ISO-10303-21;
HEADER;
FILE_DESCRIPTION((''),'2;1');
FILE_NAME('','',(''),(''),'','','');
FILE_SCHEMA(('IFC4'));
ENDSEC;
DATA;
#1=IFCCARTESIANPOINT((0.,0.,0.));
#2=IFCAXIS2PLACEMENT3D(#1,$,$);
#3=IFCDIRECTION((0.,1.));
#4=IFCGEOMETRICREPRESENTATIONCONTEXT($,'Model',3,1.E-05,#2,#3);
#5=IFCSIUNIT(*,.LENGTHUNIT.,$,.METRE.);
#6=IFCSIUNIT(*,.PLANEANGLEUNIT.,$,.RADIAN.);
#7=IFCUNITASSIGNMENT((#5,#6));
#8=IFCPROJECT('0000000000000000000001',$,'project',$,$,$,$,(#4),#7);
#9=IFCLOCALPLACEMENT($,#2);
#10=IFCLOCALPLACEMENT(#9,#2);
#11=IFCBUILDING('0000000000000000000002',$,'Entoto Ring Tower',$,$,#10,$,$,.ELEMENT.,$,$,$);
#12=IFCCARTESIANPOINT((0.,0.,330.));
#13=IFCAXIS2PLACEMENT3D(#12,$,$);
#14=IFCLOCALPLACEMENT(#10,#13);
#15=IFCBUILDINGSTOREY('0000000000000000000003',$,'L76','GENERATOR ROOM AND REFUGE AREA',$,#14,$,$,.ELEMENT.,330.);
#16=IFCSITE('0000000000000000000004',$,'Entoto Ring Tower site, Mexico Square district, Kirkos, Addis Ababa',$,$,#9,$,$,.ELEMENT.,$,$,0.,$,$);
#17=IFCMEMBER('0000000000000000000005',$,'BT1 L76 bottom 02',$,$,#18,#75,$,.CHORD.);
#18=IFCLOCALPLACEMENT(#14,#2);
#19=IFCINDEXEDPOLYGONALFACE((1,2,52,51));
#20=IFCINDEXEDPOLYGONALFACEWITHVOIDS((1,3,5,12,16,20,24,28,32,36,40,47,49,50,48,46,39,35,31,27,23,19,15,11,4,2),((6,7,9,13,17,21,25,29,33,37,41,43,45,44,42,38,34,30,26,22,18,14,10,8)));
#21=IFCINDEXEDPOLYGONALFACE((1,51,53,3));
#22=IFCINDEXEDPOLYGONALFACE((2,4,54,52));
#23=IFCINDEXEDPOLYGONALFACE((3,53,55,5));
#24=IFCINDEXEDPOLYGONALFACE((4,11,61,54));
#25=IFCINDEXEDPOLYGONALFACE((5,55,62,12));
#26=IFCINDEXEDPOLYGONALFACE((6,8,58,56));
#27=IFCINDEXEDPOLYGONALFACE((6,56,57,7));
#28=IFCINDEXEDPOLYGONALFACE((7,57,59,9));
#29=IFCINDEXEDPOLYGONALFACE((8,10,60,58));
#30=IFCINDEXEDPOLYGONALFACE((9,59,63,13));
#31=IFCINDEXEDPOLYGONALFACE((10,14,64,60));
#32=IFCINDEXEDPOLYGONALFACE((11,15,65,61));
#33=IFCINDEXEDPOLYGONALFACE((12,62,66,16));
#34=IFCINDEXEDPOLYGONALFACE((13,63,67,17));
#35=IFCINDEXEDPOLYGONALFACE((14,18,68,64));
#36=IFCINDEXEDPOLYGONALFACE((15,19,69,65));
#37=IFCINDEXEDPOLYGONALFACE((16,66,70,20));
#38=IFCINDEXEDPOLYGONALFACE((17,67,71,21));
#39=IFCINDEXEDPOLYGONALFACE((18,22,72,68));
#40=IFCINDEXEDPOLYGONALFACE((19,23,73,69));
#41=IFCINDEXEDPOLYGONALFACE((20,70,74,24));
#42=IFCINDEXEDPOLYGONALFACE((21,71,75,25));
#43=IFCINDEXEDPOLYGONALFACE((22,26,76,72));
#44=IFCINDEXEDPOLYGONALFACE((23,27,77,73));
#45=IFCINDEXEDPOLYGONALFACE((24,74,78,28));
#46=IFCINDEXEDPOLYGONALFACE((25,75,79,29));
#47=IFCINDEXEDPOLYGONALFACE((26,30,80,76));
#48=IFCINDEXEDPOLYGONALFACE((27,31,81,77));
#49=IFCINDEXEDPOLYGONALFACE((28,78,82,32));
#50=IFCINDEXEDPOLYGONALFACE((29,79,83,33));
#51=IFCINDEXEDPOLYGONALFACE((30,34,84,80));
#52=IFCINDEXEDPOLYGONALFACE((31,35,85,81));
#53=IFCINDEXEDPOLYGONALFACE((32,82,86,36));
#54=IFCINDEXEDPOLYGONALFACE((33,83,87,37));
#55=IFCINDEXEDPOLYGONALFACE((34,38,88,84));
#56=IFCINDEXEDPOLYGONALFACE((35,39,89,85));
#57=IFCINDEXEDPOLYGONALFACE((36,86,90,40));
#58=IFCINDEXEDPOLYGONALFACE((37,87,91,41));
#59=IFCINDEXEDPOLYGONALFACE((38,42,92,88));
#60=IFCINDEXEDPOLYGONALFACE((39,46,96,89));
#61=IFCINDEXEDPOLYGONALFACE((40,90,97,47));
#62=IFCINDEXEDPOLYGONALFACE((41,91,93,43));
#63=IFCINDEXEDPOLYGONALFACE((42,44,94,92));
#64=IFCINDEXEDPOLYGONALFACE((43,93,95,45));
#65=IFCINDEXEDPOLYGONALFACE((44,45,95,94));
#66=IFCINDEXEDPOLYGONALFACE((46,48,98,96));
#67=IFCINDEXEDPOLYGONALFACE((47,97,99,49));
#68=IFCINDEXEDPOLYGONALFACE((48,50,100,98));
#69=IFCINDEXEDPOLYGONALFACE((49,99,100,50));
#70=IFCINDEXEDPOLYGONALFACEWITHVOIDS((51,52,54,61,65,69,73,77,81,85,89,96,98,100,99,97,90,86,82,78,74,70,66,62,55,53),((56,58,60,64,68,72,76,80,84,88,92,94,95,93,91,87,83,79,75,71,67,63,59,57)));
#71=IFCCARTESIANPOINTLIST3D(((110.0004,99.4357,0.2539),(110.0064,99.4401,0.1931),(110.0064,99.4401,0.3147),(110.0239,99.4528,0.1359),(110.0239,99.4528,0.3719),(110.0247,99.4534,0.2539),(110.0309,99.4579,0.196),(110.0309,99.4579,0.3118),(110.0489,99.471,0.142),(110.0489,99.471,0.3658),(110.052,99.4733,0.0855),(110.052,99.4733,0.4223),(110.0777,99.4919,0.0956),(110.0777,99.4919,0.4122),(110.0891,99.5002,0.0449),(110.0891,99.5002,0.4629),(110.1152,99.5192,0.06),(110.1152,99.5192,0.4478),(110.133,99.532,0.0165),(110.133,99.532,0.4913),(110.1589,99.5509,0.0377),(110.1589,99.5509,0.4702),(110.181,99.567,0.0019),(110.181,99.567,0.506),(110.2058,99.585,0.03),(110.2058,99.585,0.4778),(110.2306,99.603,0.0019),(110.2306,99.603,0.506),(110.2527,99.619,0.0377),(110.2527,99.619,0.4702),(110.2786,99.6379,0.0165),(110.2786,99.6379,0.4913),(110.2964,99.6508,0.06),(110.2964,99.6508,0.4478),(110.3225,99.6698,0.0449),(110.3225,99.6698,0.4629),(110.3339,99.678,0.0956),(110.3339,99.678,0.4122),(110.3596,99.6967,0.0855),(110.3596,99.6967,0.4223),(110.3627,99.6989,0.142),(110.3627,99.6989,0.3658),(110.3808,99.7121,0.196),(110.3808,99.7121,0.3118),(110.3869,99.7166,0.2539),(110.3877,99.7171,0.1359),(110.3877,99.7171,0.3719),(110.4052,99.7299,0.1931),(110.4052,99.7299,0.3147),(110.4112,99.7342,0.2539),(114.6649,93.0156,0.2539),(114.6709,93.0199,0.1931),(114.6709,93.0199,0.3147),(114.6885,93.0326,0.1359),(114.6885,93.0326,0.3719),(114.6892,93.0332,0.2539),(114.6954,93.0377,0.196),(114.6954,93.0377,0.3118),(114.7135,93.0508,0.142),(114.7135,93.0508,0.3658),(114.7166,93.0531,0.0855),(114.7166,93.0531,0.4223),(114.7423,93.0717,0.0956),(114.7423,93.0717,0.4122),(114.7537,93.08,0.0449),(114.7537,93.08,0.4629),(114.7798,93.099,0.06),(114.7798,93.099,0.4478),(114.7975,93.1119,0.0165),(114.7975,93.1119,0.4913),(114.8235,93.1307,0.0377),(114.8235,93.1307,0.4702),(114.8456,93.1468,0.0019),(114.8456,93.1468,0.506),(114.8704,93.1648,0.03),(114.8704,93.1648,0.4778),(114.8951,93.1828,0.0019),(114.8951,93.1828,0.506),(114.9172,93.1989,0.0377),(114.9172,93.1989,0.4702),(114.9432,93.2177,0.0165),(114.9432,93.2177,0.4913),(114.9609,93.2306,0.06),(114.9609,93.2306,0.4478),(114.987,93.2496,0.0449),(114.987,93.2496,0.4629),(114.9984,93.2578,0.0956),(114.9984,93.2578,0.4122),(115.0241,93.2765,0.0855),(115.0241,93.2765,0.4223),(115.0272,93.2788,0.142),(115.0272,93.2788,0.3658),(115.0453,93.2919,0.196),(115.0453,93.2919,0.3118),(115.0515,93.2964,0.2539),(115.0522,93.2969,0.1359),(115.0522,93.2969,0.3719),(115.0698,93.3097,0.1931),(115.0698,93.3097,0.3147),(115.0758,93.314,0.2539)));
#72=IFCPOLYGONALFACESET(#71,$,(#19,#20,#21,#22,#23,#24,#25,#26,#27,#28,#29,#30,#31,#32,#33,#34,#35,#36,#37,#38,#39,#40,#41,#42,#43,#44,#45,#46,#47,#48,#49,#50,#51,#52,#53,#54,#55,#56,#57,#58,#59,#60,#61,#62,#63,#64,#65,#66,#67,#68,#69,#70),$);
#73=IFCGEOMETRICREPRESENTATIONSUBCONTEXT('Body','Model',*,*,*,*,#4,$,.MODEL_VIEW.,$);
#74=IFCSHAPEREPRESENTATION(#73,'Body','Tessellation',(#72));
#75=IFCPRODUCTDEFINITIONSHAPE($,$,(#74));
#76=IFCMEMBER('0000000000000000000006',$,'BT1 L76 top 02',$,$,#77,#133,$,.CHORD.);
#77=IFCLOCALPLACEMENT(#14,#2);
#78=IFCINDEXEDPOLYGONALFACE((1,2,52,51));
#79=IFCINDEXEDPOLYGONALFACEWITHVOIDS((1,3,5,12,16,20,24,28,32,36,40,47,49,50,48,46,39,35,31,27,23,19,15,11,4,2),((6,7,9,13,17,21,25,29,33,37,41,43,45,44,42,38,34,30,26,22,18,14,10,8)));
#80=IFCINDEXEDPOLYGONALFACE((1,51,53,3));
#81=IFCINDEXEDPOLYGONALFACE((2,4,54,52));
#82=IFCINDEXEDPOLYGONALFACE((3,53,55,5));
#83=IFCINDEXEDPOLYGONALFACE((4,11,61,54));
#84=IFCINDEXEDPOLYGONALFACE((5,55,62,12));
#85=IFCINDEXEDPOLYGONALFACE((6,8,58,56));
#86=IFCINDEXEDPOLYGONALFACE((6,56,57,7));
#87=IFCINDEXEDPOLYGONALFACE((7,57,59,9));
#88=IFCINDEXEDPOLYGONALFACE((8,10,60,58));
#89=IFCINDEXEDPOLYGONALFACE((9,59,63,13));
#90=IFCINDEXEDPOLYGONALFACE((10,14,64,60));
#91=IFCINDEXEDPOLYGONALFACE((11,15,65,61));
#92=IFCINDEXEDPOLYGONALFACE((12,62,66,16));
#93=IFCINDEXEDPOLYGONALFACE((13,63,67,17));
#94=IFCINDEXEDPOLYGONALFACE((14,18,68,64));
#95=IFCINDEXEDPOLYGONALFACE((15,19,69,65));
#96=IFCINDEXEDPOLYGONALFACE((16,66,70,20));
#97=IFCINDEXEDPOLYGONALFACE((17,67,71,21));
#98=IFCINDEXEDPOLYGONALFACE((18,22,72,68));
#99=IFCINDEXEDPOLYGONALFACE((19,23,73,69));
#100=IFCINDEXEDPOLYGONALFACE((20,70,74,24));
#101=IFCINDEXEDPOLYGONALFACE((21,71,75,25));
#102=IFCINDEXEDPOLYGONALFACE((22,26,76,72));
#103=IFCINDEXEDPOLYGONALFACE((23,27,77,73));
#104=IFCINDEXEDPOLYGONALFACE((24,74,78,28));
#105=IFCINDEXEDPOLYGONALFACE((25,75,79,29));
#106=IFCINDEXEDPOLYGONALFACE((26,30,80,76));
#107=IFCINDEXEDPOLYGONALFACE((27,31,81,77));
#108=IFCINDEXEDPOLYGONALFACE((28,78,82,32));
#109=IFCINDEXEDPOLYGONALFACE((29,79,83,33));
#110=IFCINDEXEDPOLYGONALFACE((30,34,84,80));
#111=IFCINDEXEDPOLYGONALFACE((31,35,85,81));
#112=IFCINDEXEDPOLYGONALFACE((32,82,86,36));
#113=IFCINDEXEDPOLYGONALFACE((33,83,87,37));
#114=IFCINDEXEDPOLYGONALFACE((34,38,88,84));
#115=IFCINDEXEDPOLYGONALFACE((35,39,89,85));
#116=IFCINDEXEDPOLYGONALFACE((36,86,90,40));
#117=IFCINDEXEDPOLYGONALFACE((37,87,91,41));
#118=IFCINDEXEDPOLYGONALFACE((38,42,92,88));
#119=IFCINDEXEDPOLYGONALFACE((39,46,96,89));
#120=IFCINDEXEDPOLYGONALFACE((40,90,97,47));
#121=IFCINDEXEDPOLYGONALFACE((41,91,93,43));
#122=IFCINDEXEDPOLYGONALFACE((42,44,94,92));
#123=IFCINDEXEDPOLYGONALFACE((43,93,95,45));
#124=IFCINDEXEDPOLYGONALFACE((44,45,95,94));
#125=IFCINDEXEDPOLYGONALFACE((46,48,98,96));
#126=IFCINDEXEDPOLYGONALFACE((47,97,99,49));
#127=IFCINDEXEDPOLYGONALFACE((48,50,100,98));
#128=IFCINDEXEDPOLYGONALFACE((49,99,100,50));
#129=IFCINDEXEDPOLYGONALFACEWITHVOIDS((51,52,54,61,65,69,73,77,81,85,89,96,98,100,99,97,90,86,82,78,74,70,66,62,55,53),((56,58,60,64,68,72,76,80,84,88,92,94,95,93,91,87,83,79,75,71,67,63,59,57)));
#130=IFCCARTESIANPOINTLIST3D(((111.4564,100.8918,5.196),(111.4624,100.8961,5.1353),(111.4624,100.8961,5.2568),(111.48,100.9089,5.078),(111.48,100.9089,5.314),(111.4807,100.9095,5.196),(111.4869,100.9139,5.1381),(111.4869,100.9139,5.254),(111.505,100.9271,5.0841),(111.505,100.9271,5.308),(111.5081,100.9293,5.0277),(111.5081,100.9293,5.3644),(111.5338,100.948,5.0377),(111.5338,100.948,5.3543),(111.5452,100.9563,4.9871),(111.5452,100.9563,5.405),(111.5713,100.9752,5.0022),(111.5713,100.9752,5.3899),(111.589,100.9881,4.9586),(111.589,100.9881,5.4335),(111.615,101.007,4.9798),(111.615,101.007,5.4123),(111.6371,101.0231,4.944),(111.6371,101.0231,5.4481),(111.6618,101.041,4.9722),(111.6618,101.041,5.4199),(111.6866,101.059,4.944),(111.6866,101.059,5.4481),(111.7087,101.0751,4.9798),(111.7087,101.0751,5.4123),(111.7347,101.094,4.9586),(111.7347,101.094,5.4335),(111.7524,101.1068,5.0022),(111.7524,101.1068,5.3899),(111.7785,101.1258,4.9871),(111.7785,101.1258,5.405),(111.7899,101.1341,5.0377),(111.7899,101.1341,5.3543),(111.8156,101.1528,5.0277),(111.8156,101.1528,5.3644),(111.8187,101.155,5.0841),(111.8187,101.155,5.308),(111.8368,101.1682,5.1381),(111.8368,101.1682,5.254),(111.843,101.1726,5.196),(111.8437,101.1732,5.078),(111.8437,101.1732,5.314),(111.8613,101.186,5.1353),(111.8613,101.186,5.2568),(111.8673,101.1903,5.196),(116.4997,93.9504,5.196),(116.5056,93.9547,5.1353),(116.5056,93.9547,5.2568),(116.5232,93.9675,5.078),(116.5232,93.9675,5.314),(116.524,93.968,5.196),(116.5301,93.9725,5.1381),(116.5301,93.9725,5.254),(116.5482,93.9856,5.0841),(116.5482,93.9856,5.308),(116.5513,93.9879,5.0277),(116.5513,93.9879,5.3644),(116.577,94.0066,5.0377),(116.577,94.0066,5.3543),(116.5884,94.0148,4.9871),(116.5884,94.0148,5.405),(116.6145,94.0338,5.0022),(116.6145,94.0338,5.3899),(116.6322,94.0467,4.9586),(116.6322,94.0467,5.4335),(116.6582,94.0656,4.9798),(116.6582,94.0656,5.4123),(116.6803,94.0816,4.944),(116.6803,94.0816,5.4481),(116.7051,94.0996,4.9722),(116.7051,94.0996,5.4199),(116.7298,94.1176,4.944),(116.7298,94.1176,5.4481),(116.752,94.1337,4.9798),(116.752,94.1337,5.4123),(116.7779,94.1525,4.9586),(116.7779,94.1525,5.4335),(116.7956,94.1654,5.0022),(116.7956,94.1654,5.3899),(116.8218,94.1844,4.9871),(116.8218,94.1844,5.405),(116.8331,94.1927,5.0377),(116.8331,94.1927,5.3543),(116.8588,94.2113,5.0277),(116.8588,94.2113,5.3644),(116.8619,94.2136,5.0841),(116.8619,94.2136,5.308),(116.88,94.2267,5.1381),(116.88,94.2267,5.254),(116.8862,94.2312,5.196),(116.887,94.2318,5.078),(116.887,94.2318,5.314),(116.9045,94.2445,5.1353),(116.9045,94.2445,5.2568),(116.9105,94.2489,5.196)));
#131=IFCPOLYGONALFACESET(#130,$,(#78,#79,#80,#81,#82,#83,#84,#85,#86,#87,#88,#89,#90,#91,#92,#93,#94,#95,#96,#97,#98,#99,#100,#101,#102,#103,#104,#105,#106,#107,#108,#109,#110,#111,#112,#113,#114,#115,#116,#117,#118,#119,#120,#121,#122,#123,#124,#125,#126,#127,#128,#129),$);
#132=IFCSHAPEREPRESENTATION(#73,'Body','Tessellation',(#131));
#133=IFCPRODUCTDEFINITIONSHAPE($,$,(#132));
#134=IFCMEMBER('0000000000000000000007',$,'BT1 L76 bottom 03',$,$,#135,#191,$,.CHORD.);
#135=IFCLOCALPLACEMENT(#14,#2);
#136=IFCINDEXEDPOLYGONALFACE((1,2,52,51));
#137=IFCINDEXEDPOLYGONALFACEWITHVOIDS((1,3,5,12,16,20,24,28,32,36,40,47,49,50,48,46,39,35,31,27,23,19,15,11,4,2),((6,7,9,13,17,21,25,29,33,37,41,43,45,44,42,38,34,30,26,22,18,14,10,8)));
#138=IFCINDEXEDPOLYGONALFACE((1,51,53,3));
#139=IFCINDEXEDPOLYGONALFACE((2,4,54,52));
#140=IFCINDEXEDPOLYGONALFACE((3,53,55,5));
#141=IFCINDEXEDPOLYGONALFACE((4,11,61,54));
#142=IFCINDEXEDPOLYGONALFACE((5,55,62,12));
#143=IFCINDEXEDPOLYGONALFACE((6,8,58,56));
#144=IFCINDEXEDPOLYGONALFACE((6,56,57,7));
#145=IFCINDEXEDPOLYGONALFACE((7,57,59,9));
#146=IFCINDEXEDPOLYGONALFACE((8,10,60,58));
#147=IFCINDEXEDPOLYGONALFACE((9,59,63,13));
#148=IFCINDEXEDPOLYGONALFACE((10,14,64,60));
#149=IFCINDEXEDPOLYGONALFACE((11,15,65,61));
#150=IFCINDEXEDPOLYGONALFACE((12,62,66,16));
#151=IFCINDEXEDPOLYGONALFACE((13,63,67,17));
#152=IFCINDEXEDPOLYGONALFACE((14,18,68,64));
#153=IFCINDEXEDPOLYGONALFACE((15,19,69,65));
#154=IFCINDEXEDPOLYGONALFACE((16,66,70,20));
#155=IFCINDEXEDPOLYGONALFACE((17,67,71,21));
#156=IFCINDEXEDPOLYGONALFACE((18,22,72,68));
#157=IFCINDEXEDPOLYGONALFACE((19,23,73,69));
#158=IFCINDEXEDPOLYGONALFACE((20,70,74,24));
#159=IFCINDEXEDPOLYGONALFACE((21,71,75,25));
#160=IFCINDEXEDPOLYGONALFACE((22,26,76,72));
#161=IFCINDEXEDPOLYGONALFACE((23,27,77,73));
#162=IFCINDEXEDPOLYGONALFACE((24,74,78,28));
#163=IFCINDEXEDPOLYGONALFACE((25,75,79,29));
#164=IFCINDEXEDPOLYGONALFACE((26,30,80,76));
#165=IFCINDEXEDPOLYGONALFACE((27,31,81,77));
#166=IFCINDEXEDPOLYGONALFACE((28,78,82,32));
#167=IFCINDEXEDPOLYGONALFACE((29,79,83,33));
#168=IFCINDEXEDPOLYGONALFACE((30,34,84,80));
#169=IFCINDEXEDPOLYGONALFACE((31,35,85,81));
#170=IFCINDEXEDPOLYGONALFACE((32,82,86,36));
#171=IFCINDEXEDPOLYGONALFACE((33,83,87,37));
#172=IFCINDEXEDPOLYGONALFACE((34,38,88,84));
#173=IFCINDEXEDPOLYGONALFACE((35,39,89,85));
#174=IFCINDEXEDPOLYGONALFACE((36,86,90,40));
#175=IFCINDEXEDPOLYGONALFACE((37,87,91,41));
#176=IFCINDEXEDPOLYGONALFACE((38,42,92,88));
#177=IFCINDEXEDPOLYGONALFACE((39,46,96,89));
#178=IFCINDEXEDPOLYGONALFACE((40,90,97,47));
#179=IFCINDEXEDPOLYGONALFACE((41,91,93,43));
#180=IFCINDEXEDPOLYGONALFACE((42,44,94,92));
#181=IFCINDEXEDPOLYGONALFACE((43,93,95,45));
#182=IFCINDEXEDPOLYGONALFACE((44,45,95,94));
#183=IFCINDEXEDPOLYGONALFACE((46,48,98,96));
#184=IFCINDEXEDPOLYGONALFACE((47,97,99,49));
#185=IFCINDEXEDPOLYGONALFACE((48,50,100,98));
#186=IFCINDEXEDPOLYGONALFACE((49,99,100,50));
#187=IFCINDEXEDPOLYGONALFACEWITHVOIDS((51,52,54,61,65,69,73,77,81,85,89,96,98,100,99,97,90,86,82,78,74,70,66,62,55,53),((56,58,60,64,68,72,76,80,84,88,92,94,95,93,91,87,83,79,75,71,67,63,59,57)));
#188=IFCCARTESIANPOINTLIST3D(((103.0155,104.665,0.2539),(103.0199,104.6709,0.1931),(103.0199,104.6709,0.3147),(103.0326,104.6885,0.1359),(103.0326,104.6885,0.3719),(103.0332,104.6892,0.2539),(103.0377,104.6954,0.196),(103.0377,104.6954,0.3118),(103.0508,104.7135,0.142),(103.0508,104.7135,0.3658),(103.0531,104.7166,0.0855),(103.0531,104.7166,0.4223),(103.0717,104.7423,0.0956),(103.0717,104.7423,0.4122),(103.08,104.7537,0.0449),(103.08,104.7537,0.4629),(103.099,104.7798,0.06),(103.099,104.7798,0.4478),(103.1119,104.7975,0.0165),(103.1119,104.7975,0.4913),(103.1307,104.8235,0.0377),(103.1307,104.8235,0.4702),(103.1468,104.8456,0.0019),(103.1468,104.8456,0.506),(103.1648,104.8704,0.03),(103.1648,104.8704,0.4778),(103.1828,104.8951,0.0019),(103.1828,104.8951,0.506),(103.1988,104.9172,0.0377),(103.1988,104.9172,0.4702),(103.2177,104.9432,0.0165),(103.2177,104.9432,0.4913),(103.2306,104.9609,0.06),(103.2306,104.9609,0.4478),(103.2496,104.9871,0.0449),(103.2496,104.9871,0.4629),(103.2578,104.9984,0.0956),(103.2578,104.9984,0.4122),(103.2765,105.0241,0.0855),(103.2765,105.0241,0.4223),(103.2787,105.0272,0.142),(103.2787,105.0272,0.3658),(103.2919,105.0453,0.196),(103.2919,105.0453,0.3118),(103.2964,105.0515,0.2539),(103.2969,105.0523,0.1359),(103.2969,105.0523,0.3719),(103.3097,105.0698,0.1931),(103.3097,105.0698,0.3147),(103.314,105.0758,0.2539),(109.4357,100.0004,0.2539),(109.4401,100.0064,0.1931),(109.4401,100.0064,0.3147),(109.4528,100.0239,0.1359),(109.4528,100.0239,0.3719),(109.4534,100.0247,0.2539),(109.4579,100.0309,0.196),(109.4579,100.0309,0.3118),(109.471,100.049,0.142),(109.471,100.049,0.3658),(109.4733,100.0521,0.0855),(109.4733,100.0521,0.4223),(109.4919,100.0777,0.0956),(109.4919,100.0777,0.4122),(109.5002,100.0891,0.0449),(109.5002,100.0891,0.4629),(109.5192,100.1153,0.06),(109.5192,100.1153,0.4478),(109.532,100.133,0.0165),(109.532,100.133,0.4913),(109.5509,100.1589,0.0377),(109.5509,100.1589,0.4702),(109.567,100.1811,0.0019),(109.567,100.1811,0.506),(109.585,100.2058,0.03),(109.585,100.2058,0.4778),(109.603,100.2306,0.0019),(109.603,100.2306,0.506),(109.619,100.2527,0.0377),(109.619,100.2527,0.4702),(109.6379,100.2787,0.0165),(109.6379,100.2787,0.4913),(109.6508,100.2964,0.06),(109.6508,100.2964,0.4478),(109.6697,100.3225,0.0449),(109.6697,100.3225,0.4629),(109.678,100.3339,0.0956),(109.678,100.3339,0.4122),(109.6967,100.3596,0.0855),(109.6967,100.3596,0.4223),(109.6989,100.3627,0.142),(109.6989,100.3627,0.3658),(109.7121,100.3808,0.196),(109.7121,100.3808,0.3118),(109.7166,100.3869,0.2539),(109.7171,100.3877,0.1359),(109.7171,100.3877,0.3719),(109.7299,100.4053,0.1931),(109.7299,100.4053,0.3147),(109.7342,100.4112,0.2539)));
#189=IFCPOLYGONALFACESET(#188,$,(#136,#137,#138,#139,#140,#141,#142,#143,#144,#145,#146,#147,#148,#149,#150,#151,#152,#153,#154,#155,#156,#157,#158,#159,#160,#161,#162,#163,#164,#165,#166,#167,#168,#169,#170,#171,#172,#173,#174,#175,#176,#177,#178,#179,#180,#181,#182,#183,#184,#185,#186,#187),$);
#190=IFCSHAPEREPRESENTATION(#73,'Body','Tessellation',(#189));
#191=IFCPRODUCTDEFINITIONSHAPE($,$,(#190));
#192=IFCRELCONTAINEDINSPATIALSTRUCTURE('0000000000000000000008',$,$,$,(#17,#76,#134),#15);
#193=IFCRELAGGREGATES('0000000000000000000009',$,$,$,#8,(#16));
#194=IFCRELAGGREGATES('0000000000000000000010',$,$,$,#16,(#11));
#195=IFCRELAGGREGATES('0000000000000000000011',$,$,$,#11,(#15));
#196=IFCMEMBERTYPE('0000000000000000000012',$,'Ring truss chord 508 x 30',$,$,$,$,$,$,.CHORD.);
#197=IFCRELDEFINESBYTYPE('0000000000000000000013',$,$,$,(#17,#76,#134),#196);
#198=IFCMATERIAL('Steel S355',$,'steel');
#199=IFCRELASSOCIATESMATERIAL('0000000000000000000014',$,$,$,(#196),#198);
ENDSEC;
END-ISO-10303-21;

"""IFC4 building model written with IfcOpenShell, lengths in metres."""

from ifc_helpers import new_model, si_unit, direction, frame, origin, origin_2d, place, context, subcontext, project, spatial, circle, hollow_circle, extrude, material, material_profile, profile_set, type_object, element, save


model = new_model("IFC4")

# Units and contexts
model_context = context("Model", 3, precision=1e-05, world=origin(), true_north=direction((0.0, 1.0)))
body_context = subcontext(model_context, "Body", "Model", "MODEL_VIEW")
ifc_project = project(units=[si_unit("LENGTHUNIT", "METRE"), si_unit("PLANEANGLEUNIT", "RADIAN")], contexts=[model_context])

# Site, building, storey
site_placement = place(None, origin())
site = spatial("IfcSite", under=ifc_project, at=site_placement, Name="Entoto Ring Tower site, Mexico Square district, Kirkos, Addis Ababa", CompositionType="ELEMENT", RefElevation=0.0)
building_placement = place(site_placement, origin())
building = spatial("IfcBuilding", under=site, at=building_placement, Name="Entoto Ring Tower", CompositionType="ELEMENT")
storey_placement = place(building_placement, frame((0.0, 0.0, 330.0)))
storey = spatial("IfcBuildingStorey", under=building, at=storey_placement, Name="L76", Description="GENERATOR ROOM AND REFUGE AREA", CompositionType="ELEMENT", Elevation=330.0)

# Members
ifc_material_1 = material(Name="Steel S355", Category="steel")
ifc_material_profile_1 = material_profile(ifc_material_1, hollow_circle(Radius=0.2539, WallThickness=0.03, at=origin_2d()), Name="CHS 508 x 30")
ifc_material_2 = material(Name="Concrete C60/75", Category="concrete")
ifc_material_profile_2 = material_profile(ifc_material_2, circle(Radius=0.2241, at=origin_2d()), Name="Concrete C60/75 infill")
ifc_profile_set_1 = profile_set([ifc_material_profile_1, ifc_material_profile_2], Name="Steel S355")
member_type_1 = type_object("IfcMemberType", Name="Ring truss chord 508 x 30", PredefinedType="CHORD", material=ifc_profile_set_1)
member_1_placement = place(storey_placement, frame((114.8704, 93.1648, 0.2539), z_axis=(-0.587787, 0.809015, 0.0), x_axis=(-0.809015, -0.587787, 0.0)))
element("IfcMember", 1, at=member_1_placement, inside=storey, type_object=member_type_1, Name="BT1 L76 bottom 02", PredefinedType="CHORD", context=body_context, shape_type="SweptSolid", body=[
    extrude(hollow_circle(Radius=0.2539, WallThickness=0.03, at=origin_2d()), origin(), (0.0, 0.0, 1.0), 7.9358),
])
member_2_placement = place(storey_placement, frame((116.7051, 94.0996, 5.196), z_axis=(-0.587784, 0.809018, 0.0), x_axis=(-0.809018, -0.587784, 0.0)))
element("IfcMember", 2, at=member_2_placement, inside=storey, type_object=member_type_1, Name="BT1 L76 top 02", PredefinedType="CHORD", context=body_context, shape_type="SweptSolid", body=[
    extrude(hollow_circle(Radius=0.2539, WallThickness=0.03, at=origin_2d()), origin(), (0.0, 0.0, 1.0), 8.5801),
])
member_3_placement = place(storey_placement, frame((109.585, 100.2058, 0.2539), z_axis=(-0.809015, 0.587787, 0.0), x_axis=(-0.587787, -0.809015, 0.0)))
element("IfcMember", 3, at=member_3_placement, inside=storey, type_object=member_type_1, Name="BT1 L76 bottom 03", PredefinedType="CHORD", context=body_context, shape_type="SweptSolid", body=[
    extrude(hollow_circle(Radius=0.2539, WallThickness=0.03, at=origin_2d()), origin(), (0.0, 0.0, 1.0), 7.9358),
])

save(model, "model.ifc")
